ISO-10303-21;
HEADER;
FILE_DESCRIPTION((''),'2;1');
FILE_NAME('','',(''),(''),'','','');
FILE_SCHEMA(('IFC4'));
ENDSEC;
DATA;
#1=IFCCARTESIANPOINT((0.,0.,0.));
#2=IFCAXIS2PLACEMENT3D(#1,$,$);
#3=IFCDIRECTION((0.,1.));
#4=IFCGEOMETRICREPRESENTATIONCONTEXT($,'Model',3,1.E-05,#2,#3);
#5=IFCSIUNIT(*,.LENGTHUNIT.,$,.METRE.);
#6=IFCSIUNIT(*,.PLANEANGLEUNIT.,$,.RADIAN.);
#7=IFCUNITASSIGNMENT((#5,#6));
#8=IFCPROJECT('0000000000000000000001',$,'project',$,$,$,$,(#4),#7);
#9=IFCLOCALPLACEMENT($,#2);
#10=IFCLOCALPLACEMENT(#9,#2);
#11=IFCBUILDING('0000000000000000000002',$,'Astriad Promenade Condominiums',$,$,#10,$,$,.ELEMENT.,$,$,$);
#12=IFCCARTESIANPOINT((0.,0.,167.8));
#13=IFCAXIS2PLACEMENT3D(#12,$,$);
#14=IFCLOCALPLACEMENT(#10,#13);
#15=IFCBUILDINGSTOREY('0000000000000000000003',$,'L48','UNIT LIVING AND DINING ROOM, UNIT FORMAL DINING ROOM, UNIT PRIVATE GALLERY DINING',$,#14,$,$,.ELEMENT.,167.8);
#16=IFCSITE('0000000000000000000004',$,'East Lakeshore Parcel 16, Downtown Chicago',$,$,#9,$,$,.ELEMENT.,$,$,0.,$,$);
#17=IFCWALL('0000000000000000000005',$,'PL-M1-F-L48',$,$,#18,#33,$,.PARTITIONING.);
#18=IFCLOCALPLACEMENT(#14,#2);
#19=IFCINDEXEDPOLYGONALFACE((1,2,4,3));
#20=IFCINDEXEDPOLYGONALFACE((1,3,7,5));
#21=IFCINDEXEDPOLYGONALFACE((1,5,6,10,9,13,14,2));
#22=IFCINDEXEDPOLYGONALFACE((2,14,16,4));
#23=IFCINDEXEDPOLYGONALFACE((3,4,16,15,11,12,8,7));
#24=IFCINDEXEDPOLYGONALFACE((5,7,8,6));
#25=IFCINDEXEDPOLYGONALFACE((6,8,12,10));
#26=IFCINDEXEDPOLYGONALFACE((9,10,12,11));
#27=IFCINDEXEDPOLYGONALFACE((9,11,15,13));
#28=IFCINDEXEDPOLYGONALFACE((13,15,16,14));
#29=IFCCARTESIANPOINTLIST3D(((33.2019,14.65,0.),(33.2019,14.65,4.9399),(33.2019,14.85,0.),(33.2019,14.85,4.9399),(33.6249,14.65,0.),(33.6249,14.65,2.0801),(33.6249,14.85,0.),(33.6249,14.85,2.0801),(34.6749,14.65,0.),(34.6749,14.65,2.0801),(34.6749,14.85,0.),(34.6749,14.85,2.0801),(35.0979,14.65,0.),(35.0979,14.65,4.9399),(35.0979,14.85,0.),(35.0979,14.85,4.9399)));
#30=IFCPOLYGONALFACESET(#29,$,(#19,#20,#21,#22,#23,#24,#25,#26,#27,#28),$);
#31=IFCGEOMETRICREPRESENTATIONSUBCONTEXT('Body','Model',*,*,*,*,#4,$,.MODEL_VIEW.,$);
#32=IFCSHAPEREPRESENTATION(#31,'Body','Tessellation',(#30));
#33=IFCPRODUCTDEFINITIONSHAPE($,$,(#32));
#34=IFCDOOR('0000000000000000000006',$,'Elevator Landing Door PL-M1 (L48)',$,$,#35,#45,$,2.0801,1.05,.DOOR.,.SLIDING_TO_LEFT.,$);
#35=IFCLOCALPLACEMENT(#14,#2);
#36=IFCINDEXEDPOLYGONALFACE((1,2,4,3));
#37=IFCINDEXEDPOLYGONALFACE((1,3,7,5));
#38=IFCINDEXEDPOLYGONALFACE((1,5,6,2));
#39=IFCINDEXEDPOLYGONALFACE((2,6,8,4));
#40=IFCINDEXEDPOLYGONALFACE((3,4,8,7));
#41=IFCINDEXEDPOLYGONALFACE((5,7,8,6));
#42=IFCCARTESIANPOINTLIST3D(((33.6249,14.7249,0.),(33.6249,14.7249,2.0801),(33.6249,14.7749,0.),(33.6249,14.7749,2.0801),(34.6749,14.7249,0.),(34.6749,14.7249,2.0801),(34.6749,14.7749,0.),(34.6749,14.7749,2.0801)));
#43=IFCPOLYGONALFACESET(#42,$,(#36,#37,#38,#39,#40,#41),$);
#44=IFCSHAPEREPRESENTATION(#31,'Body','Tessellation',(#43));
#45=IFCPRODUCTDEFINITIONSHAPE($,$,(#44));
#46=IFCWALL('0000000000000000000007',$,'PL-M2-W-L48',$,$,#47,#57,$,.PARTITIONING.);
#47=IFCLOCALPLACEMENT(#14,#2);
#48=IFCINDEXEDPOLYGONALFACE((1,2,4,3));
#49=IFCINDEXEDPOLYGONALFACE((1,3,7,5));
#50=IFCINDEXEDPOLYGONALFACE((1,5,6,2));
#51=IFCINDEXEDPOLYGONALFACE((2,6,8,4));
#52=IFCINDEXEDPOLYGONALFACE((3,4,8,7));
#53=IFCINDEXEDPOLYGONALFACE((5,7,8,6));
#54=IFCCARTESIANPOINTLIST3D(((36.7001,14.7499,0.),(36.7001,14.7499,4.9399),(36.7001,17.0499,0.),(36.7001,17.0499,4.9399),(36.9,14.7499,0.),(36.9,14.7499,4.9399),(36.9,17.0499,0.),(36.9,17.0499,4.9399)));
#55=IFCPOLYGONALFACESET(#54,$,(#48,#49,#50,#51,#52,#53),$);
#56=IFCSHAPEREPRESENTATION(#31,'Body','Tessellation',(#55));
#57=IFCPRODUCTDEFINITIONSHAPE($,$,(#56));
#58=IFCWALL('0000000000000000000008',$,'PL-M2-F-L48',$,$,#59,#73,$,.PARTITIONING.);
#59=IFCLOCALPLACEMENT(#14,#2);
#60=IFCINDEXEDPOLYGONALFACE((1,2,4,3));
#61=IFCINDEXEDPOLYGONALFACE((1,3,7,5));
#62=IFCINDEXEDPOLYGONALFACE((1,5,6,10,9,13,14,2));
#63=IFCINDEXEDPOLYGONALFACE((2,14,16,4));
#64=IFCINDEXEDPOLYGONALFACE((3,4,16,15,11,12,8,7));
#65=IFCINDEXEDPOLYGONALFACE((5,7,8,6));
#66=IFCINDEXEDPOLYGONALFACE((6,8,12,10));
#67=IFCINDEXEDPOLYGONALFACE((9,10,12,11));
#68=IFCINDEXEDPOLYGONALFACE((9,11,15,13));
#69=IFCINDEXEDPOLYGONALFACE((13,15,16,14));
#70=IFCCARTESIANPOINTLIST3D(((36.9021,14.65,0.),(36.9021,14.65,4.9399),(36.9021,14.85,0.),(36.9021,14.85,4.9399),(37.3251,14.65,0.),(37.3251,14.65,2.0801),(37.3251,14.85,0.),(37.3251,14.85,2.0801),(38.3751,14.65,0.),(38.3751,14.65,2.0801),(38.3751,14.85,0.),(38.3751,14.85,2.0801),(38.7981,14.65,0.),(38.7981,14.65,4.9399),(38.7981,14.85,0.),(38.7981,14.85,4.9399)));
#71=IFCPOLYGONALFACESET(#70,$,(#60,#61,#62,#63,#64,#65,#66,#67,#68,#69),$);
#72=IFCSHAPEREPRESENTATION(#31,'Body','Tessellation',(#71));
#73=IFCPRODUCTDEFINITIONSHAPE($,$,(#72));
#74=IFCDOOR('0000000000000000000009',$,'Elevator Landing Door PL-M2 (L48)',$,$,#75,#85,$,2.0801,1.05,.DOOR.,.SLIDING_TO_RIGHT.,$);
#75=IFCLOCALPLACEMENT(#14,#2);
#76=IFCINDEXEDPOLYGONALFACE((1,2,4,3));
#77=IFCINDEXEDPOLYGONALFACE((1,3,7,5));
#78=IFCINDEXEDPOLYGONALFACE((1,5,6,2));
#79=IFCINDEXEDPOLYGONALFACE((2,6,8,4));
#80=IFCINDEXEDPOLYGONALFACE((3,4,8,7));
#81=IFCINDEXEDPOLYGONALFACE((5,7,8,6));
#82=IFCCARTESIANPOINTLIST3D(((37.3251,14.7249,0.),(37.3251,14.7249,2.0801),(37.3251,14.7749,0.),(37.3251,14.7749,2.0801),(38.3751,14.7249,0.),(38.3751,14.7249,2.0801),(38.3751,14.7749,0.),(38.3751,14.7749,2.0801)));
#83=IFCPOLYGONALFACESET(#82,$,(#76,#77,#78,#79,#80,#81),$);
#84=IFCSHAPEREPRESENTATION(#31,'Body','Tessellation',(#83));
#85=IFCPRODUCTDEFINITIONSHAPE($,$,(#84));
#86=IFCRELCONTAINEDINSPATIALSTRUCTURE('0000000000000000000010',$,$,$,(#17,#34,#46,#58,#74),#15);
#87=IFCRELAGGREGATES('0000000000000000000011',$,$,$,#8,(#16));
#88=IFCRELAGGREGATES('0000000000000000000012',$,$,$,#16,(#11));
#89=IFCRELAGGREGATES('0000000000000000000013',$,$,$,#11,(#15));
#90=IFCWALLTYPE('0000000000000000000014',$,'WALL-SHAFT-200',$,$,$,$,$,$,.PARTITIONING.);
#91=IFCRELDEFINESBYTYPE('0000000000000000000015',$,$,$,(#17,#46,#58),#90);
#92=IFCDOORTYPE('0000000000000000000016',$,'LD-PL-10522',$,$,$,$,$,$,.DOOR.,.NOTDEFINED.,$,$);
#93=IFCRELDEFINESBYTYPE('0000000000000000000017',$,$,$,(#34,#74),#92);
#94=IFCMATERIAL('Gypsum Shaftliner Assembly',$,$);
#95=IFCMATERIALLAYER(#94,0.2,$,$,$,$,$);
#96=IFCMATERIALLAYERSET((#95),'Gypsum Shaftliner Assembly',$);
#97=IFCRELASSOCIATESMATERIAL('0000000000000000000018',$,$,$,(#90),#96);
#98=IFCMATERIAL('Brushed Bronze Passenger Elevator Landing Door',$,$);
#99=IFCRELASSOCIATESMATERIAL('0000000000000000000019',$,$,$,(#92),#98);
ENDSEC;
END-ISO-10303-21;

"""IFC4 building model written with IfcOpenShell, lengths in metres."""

from ifc_helpers import new_model, si_unit, direction, frame, frame_2d, origin, place, context, subcontext, project, spatial, rectangle, extrude, source, transform, mapped, material, layer, layer_set, type_object, type_shapes, element, fill, save


model = new_model("IFC4")

# Units and contexts
model_context = context("Model", 3, precision=1e-05, world=origin(), true_north=direction((0.0, 1.0)))
body_context = subcontext(model_context, "Body", "Model", "MODEL_VIEW")
ifc_project = project(units=[si_unit("LENGTHUNIT", "METRE"), si_unit("PLANEANGLEUNIT", "RADIAN")], contexts=[model_context])

# Site, building, storey
site_placement = place(None, origin())
site = spatial("IfcSite", under=ifc_project, at=site_placement, Name="East Lakeshore Parcel 16, Downtown Chicago", CompositionType="ELEMENT", RefElevation=0.0)
building_placement = place(site_placement, origin())
building = spatial("IfcBuilding", under=site, at=building_placement, Name="Astriad Promenade Condominiums", CompositionType="ELEMENT")
storey_placement = place(building_placement, frame((0.0, 0.0, 167.8)))
storey = spatial("IfcBuildingStorey", under=building, at=storey_placement, Name="L48", Description="UNIT LIVING AND DINING ROOM, UNIT FORMAL DINING ROOM, UNIT PRIVATE GALLERY DINING", CompositionType="ELEMENT", Elevation=167.8)

# Shared definitions
ifc_material_1 = material(Name="Gypsum Shaftliner Assembly")
ifc_layer_1 = layer(ifc_material_1, 0.2)
ifc_layer_set_1 = layer_set([ifc_layer_1], Name="Gypsum Shaftliner Assembly")
wall_type_1 = type_object("IfcWallType", Name="WALL-SHAFT-200", PredefinedType="PARTITIONING", material=ifc_layer_set_1)

# Wall, opening, door
wall_1_placement = place(storey_placement, frame((33.2019, 14.75, 0.0), z_axis=(0.0, 0.0, 1.0), x_axis=(1.0, 0.0, 0.0)))
wall_1 = element("IfcWall", 1, at=wall_1_placement, inside=storey, type_object=wall_type_1, Name="PL-M1-F-L48", PredefinedType="PARTITIONING", context=body_context, shape_type="SweptSolid", body=[
    extrude(rectangle(XDim=1.896, YDim=0.2, at=frame_2d((0.948, 0.0))), origin(), (0.0, 0.0, 1.0), 4.9399),
])
opening_1_placement = place(wall_1_placement, frame((0.4231, 0.0, 0.0)))
opening_1 = element("IfcOpeningElement", 2, at=opening_1_placement, cuts=wall_1, PredefinedType="OPENING", context=body_context, shape_type="SweptSolid", body=[
    extrude(rectangle(XDim=1.05, YDim=2.0801, at=frame_2d((0.5249, 1.04))), frame((0.0, 0.1099, 0.0), z_axis=(0.0, -1.0, 0.0), x_axis=(1.0, 0.0, 0.0)), (0.0, 0.0, 1.0), 0.22),
])
ifc_material_2 = material(Name="Brushed Bronze Passenger Elevator Landing Door")
door_type_1 = type_object("IfcDoorType", Name="LD-PL-10522", OperationType="NOTDEFINED", PredefinedType="DOOR", material=ifc_material_2)
shared_shape_1 = source(origin(), body_context, "Body", "SweptSolid", [
    extrude(rectangle(XDim=1.05, YDim=2.0801, at=frame_2d((0.5249, 1.04))), frame((0.0, 0.0249, 0.0), z_axis=(0.0, -1.0, 0.0), x_axis=(1.0, 0.0, 0.0)), (0.0, 0.0, 1.0), 0.05),
])
type_shapes(door_type_1, [shared_shape_1])
door_1_placement = place(opening_1_placement, origin())
door_1 = element("IfcDoor", 3, at=door_1_placement, inside=storey, type_object=door_type_1, Name="Elevator Landing Door PL-M1 (L48)", OperationType="SLIDING_TO_LEFT", OverallHeight=2.0801, OverallWidth=1.05, PredefinedType="DOOR", context=body_context, shape_type="MappedRepresentation", body=[
    mapped(shared_shape_1, transform((0.0, 0.0, 0.0), scale=1.0)),
])
fill(opening_1, door_1)

# Wall
wall_2_placement = place(storey_placement, frame((36.8, 14.75, 0.0), z_axis=(0.0, 0.0, 1.0), x_axis=(0.0, 1.0, 0.0)))
element("IfcWall", 4, at=wall_2_placement, inside=storey, type_object=wall_type_1, Name="PL-M2-W-L48", PredefinedType="PARTITIONING", context=body_context, shape_type="SweptSolid", body=[
    extrude(rectangle(XDim=2.3, YDim=0.2, at=frame_2d((1.1499, 0.0))), origin(), (0.0, 0.0, 1.0), 4.9399),
])

# Wall, opening, door
wall_3_placement = place(storey_placement, frame((36.9021, 14.75, 0.0), z_axis=(0.0, 0.0, 1.0), x_axis=(1.0, 0.0, 0.0)))
wall_3 = element("IfcWall", 5, at=wall_3_placement, inside=storey, type_object=wall_type_1, Name="PL-M2-F-L48", PredefinedType="PARTITIONING", context=body_context, shape_type="SweptSolid", body=[
    extrude(rectangle(XDim=1.896, YDim=0.2, at=frame_2d((0.948, 0.0))), origin(), (0.0, 0.0, 1.0), 4.9399),
])
opening_2_placement = place(wall_3_placement, frame((0.4231, 0.0, 0.0)))
opening_2 = element("IfcOpeningElement", 6, at=opening_2_placement, cuts=wall_3, PredefinedType="OPENING", context=body_context, shape_type="SweptSolid", body=[
    extrude(rectangle(XDim=1.05, YDim=2.0801, at=frame_2d((0.5249, 1.04))), frame((0.0, 0.1099, 0.0), z_axis=(0.0, -1.0, 0.0), x_axis=(1.0, 0.0, 0.0)), (0.0, 0.0, 1.0), 0.22),
])
door_2_placement = place(opening_2_placement, origin())
door_2 = element("IfcDoor", 7, at=door_2_placement, inside=storey, type_object=door_type_1, Name="Elevator Landing Door PL-M2 (L48)", OperationType="SLIDING_TO_RIGHT", OverallHeight=2.0801, OverallWidth=1.05, PredefinedType="DOOR", context=body_context, shape_type="MappedRepresentation", body=[
    mapped(shared_shape_1, transform((0.0, 0.0, 0.0), scale=1.0)),
])
fill(opening_2, door_2)

save(model, "model.ifc")
